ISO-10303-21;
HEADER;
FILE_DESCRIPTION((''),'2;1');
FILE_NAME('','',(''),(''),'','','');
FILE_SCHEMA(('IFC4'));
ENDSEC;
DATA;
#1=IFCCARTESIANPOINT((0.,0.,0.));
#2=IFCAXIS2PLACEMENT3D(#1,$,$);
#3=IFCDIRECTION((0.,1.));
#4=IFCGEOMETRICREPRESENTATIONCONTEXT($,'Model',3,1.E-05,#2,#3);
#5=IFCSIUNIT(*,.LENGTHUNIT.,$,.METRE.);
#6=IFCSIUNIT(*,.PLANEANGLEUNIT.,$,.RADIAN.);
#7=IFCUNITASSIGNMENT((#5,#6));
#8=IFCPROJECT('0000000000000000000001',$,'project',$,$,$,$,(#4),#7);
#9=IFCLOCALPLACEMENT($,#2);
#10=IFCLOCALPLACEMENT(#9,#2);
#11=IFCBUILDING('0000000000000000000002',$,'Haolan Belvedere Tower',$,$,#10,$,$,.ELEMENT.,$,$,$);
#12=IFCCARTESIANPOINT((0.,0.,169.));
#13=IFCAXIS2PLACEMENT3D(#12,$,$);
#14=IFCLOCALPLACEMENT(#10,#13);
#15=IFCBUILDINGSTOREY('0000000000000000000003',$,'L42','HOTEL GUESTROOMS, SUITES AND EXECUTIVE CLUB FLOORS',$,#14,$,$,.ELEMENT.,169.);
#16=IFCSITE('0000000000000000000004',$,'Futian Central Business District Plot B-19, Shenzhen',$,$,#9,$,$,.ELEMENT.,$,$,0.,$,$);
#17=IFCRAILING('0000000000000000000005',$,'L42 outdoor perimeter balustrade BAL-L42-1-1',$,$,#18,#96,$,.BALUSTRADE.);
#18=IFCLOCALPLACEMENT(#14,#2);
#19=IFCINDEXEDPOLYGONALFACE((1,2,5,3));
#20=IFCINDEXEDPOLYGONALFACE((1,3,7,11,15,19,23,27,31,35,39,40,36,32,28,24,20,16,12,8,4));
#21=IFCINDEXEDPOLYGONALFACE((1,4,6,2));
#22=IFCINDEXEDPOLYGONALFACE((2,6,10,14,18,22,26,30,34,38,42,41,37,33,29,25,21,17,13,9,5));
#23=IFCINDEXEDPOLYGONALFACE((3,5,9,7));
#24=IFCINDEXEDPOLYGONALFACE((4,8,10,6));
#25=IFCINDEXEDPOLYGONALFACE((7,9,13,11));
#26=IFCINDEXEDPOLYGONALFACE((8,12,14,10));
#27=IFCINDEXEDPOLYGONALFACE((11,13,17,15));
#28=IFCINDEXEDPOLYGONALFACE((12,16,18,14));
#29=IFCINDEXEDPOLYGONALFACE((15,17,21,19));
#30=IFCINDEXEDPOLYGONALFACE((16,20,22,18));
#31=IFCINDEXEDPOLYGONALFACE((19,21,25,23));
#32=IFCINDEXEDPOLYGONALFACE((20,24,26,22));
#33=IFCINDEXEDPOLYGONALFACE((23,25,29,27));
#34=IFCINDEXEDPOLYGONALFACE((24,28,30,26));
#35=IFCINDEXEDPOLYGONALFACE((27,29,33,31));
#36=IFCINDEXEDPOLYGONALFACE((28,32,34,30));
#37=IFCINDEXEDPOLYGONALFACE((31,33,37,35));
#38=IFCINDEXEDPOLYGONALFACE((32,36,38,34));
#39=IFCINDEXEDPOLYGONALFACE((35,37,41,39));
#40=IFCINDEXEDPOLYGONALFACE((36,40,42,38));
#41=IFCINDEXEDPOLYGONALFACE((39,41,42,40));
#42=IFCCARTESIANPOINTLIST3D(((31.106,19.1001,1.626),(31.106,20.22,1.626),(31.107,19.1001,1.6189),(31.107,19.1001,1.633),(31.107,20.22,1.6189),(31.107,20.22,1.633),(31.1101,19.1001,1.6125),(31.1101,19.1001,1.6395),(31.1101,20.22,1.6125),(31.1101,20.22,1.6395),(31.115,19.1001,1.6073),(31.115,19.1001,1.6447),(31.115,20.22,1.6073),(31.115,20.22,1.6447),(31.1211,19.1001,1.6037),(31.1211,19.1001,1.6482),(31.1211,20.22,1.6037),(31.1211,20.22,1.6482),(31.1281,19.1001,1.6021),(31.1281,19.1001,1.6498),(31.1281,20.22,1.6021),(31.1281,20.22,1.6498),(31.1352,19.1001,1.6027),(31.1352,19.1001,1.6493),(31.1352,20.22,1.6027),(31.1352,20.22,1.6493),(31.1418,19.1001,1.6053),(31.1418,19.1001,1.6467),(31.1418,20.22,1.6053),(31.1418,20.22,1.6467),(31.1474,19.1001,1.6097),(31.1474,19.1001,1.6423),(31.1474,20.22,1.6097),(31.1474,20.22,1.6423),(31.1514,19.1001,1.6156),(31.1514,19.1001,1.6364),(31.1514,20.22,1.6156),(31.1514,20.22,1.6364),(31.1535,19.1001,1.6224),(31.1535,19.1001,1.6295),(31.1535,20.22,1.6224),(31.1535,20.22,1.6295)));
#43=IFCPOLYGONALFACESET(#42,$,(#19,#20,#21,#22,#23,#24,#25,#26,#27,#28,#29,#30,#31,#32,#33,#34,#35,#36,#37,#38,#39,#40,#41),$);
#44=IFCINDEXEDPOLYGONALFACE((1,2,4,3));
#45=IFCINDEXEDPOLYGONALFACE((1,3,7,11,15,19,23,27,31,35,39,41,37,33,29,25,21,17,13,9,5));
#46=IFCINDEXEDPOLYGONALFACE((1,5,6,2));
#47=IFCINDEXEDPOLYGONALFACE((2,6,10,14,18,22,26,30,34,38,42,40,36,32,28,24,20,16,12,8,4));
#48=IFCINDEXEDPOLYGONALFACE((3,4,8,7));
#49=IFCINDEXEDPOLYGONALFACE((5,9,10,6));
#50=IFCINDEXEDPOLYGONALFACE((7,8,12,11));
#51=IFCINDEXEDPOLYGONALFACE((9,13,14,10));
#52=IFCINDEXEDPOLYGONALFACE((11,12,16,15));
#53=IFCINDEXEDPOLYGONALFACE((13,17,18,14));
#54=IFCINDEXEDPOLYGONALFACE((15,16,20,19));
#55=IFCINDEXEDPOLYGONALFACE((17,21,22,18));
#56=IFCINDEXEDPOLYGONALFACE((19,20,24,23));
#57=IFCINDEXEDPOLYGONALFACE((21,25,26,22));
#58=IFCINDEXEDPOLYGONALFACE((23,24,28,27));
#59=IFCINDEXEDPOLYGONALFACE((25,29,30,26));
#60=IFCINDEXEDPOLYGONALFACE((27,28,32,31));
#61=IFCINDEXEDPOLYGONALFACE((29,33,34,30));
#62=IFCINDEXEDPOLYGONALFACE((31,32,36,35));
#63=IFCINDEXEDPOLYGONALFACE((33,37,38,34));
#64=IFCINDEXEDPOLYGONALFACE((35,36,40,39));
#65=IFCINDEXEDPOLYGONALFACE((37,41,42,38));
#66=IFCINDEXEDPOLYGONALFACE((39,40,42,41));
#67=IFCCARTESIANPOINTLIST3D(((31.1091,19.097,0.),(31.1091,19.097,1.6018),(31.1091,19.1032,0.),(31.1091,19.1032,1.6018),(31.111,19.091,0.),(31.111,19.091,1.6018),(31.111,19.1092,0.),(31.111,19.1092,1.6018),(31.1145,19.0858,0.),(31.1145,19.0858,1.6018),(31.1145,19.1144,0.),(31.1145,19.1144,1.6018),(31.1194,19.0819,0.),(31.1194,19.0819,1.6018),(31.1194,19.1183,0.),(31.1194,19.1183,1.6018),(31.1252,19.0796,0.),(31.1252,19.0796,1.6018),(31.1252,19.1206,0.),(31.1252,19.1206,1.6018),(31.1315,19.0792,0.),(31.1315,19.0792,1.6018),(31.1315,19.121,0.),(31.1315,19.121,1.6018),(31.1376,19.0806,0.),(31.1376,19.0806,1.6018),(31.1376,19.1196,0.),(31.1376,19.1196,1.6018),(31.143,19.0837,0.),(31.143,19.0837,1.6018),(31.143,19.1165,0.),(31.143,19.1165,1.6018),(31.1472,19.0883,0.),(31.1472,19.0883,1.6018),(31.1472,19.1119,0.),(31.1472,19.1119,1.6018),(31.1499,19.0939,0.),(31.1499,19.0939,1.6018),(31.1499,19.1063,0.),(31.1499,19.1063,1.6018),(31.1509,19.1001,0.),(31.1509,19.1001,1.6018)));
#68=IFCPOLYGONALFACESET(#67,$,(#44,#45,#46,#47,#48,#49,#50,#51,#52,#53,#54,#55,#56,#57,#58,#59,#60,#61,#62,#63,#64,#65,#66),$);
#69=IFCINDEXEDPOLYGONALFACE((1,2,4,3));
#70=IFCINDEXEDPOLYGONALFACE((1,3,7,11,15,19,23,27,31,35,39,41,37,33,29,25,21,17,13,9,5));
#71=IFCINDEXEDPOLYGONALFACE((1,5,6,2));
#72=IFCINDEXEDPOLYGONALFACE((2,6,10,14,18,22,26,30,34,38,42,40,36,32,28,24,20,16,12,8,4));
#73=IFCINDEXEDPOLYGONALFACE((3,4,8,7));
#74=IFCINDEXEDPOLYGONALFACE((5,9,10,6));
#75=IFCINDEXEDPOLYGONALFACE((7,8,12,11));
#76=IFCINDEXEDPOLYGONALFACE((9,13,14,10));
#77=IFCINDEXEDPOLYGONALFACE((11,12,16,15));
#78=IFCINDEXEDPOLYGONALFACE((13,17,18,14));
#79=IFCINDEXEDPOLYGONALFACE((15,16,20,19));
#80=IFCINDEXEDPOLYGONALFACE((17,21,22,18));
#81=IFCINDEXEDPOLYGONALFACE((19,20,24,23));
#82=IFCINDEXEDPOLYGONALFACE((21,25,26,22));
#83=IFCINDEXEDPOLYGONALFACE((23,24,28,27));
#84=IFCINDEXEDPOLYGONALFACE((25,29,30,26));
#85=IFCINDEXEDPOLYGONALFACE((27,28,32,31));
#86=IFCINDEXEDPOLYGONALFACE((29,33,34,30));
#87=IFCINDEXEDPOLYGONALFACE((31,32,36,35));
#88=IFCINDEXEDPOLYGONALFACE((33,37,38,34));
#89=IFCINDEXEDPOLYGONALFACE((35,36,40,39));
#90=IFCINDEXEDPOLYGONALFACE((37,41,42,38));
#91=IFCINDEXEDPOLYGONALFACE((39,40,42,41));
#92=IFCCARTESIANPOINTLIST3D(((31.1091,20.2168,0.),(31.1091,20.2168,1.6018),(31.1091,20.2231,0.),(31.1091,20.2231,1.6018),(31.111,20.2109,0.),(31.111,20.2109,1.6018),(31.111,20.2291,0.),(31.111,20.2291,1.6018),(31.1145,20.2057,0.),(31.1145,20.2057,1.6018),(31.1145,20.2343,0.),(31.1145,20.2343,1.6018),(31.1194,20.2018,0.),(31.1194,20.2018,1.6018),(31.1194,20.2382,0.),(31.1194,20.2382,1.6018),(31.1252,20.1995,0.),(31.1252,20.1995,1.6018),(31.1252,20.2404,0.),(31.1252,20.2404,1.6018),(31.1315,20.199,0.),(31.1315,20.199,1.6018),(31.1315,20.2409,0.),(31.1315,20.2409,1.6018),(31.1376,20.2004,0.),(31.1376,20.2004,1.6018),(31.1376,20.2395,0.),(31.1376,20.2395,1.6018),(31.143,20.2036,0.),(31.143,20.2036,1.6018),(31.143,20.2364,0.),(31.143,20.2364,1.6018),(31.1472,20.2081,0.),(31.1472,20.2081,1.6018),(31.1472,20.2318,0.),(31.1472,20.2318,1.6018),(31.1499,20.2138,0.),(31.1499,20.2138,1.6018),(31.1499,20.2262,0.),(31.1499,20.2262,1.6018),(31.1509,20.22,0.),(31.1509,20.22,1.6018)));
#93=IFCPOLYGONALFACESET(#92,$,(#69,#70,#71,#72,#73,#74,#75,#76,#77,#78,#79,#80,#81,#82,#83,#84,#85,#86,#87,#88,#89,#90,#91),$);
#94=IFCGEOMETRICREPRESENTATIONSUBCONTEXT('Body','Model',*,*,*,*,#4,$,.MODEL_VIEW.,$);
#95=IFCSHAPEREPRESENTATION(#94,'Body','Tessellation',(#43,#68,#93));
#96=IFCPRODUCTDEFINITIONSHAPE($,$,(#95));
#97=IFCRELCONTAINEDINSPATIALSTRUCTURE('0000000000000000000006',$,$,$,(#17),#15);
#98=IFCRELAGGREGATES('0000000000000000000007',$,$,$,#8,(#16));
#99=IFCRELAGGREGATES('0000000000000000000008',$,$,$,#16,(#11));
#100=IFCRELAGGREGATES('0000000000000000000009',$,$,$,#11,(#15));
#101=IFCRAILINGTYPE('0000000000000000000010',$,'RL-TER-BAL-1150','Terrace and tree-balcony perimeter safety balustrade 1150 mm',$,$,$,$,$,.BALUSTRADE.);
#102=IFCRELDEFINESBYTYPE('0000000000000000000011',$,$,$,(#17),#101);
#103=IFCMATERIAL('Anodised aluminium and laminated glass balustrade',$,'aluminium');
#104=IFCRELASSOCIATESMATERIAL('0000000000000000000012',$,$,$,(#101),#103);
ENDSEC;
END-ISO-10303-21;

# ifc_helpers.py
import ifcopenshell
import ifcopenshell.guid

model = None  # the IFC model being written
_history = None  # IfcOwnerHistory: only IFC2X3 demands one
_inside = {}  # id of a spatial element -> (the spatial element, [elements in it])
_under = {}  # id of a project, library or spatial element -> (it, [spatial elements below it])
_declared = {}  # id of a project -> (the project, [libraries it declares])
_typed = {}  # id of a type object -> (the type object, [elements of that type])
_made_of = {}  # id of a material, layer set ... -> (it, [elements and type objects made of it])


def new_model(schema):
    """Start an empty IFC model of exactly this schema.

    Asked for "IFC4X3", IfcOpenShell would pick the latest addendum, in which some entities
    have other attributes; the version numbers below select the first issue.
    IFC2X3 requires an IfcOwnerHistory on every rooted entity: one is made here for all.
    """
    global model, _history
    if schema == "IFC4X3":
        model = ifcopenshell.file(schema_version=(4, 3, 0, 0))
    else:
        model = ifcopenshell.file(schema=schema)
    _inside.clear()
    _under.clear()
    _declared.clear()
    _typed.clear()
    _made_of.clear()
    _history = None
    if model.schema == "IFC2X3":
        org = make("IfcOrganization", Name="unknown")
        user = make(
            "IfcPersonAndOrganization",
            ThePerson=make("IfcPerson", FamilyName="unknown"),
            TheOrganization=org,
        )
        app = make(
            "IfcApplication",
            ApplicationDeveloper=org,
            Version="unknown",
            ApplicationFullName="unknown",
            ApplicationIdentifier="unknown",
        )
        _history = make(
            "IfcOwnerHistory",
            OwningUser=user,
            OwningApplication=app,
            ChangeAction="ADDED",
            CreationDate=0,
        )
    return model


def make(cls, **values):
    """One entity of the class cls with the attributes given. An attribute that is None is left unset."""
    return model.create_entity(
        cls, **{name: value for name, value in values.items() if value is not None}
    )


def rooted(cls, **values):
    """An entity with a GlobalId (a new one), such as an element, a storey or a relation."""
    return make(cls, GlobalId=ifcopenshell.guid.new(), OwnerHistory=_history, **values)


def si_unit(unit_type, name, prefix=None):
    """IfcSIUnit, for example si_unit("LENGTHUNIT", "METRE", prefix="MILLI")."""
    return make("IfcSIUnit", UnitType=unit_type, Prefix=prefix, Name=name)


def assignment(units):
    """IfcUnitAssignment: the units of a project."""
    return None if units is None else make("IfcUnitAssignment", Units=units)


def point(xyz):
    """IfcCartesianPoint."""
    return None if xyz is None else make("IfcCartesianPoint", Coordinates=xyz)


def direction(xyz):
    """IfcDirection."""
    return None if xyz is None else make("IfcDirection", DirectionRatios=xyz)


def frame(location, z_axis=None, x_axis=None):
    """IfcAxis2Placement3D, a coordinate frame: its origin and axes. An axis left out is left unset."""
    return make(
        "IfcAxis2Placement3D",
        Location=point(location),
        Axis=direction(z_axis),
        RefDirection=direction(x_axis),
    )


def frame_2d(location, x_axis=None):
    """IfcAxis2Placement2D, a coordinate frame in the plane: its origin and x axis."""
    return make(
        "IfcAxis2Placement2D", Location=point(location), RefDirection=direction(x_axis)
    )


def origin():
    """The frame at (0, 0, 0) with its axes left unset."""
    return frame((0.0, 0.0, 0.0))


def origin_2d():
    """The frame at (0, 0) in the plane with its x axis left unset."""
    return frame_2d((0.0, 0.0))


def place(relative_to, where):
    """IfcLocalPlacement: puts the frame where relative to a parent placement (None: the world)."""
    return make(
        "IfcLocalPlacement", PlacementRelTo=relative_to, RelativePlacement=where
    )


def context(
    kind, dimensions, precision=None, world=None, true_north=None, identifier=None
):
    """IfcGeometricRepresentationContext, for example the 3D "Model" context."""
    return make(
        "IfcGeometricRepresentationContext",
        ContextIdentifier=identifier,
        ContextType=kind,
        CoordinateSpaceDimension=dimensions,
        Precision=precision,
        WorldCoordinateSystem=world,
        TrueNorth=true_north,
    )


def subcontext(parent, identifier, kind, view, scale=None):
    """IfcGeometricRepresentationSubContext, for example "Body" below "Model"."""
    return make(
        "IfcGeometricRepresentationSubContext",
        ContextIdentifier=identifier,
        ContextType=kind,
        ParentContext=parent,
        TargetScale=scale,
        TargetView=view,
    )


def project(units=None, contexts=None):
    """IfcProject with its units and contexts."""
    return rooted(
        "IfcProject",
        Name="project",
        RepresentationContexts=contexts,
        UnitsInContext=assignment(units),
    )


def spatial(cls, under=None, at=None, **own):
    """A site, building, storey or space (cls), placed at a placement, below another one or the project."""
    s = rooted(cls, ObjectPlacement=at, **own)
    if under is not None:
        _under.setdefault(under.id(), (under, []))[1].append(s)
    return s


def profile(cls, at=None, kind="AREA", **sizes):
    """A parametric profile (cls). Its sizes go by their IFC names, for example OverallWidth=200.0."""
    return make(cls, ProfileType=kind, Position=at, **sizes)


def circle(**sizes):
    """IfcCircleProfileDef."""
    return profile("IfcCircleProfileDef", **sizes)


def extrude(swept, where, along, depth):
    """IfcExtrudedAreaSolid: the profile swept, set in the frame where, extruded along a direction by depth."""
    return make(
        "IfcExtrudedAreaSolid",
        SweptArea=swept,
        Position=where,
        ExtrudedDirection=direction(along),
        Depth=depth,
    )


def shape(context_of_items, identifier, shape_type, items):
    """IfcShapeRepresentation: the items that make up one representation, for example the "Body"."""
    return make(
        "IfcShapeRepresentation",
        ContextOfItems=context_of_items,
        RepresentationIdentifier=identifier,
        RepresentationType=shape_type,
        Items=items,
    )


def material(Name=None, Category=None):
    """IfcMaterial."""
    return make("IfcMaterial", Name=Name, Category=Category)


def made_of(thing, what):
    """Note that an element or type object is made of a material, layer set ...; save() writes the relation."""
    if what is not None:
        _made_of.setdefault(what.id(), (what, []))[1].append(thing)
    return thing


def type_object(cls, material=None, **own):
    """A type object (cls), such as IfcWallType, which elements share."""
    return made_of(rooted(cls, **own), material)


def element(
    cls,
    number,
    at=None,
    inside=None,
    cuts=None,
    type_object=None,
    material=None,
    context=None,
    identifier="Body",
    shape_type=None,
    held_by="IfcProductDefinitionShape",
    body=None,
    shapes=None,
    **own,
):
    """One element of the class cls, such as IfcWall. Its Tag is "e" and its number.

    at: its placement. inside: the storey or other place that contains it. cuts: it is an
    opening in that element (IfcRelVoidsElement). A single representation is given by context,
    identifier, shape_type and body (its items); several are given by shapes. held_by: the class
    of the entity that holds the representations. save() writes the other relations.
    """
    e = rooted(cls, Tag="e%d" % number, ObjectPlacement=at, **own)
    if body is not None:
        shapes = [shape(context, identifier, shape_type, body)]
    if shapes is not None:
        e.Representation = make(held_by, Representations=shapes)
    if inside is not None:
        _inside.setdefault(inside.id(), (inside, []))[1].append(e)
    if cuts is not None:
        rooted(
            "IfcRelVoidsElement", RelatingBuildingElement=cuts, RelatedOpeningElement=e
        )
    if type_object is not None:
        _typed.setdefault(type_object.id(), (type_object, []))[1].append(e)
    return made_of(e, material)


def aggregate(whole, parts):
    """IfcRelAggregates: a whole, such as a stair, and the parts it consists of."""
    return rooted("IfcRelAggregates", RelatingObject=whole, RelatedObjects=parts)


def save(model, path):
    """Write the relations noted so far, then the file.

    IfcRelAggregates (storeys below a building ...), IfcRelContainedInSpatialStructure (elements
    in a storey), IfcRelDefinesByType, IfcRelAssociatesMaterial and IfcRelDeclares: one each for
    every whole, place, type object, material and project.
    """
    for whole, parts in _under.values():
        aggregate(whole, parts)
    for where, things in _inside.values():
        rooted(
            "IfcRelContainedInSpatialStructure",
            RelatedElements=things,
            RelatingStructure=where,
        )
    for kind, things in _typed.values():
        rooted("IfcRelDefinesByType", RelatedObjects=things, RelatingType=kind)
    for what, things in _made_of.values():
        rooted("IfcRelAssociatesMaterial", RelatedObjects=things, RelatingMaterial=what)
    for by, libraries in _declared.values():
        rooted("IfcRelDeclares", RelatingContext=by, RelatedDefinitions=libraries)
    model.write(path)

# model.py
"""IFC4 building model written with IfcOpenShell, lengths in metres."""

from ifc_helpers import new_model, si_unit, direction, frame, origin, origin_2d, place, context, subcontext, project, spatial, circle, extrude, material, type_object, element, save


model = new_model("IFC4")

# Units and contexts
model_context = context("Model", 3, precision=1e-05, world=origin(), true_north=direction((0.0, 1.0)))
body_context = subcontext(model_context, "Body", "Model", "MODEL_VIEW")
ifc_project = project(units=[si_unit("LENGTHUNIT", "METRE"), si_unit("PLANEANGLEUNIT", "RADIAN")], contexts=[model_context])

# Site, building, storey
site_placement = place(None, origin())
site = spatial("IfcSite", under=ifc_project, at=site_placement, Name="Futian Central Business District Plot B-19, Shenzhen", CompositionType="ELEMENT", RefElevation=0.0)
building_placement = place(site_placement, origin())
building = spatial("IfcBuilding", under=site, at=building_placement, Name="Haolan Belvedere Tower", CompositionType="ELEMENT")
storey_placement = place(building_placement, frame((0.0, 0.0, 169.0)))
storey = spatial("IfcBuildingStorey", under=building, at=storey_placement, Name="L42", Description="HOTEL GUESTROOMS, SUITES AND EXECUTIVE CLUB FLOORS", CompositionType="ELEMENT", Elevation=169.0)

# Railing
ifc_material_1 = material(Name="Anodised aluminium and laminated glass balustrade", Category="aluminium")
railing_type = type_object("IfcRailingType", Name="RL-TER-BAL-1150", Description="Terrace and tree-balcony perimeter safety balustrade 1150 mm", PredefinedType="BALUSTRADE", material=ifc_material_1)
railing_1_placement = place(storey_placement, frame((31.1299, 19.1001, 0.0)))
element("IfcRailing", 1, at=railing_1_placement, inside=storey, type_object=railing_type, Name="L42 outdoor perimeter balustrade BAL-L42-1-1", PredefinedType="BALUSTRADE", context=body_context, shape_type="SweptSolid", body=[
    extrude(circle(Radius=0.0239, at=origin_2d()), frame((0.0, 0.0, 1.626), z_axis=(0.0, 1.0, 0.0), x_axis=(-1.0, 0.0, 0.0)), (0.0, 0.0, 1.0), 1.1199),
    extrude(circle(Radius=0.021, at=origin_2d()), origin(), (0.0, 0.0, 1.0), 1.6018),
    extrude(circle(Radius=0.021, at=origin_2d()), frame((0.0, 1.1199, 0.0)), (0.0, 0.0, 1.0), 1.6018),
])

save(model, "model.ifc")
